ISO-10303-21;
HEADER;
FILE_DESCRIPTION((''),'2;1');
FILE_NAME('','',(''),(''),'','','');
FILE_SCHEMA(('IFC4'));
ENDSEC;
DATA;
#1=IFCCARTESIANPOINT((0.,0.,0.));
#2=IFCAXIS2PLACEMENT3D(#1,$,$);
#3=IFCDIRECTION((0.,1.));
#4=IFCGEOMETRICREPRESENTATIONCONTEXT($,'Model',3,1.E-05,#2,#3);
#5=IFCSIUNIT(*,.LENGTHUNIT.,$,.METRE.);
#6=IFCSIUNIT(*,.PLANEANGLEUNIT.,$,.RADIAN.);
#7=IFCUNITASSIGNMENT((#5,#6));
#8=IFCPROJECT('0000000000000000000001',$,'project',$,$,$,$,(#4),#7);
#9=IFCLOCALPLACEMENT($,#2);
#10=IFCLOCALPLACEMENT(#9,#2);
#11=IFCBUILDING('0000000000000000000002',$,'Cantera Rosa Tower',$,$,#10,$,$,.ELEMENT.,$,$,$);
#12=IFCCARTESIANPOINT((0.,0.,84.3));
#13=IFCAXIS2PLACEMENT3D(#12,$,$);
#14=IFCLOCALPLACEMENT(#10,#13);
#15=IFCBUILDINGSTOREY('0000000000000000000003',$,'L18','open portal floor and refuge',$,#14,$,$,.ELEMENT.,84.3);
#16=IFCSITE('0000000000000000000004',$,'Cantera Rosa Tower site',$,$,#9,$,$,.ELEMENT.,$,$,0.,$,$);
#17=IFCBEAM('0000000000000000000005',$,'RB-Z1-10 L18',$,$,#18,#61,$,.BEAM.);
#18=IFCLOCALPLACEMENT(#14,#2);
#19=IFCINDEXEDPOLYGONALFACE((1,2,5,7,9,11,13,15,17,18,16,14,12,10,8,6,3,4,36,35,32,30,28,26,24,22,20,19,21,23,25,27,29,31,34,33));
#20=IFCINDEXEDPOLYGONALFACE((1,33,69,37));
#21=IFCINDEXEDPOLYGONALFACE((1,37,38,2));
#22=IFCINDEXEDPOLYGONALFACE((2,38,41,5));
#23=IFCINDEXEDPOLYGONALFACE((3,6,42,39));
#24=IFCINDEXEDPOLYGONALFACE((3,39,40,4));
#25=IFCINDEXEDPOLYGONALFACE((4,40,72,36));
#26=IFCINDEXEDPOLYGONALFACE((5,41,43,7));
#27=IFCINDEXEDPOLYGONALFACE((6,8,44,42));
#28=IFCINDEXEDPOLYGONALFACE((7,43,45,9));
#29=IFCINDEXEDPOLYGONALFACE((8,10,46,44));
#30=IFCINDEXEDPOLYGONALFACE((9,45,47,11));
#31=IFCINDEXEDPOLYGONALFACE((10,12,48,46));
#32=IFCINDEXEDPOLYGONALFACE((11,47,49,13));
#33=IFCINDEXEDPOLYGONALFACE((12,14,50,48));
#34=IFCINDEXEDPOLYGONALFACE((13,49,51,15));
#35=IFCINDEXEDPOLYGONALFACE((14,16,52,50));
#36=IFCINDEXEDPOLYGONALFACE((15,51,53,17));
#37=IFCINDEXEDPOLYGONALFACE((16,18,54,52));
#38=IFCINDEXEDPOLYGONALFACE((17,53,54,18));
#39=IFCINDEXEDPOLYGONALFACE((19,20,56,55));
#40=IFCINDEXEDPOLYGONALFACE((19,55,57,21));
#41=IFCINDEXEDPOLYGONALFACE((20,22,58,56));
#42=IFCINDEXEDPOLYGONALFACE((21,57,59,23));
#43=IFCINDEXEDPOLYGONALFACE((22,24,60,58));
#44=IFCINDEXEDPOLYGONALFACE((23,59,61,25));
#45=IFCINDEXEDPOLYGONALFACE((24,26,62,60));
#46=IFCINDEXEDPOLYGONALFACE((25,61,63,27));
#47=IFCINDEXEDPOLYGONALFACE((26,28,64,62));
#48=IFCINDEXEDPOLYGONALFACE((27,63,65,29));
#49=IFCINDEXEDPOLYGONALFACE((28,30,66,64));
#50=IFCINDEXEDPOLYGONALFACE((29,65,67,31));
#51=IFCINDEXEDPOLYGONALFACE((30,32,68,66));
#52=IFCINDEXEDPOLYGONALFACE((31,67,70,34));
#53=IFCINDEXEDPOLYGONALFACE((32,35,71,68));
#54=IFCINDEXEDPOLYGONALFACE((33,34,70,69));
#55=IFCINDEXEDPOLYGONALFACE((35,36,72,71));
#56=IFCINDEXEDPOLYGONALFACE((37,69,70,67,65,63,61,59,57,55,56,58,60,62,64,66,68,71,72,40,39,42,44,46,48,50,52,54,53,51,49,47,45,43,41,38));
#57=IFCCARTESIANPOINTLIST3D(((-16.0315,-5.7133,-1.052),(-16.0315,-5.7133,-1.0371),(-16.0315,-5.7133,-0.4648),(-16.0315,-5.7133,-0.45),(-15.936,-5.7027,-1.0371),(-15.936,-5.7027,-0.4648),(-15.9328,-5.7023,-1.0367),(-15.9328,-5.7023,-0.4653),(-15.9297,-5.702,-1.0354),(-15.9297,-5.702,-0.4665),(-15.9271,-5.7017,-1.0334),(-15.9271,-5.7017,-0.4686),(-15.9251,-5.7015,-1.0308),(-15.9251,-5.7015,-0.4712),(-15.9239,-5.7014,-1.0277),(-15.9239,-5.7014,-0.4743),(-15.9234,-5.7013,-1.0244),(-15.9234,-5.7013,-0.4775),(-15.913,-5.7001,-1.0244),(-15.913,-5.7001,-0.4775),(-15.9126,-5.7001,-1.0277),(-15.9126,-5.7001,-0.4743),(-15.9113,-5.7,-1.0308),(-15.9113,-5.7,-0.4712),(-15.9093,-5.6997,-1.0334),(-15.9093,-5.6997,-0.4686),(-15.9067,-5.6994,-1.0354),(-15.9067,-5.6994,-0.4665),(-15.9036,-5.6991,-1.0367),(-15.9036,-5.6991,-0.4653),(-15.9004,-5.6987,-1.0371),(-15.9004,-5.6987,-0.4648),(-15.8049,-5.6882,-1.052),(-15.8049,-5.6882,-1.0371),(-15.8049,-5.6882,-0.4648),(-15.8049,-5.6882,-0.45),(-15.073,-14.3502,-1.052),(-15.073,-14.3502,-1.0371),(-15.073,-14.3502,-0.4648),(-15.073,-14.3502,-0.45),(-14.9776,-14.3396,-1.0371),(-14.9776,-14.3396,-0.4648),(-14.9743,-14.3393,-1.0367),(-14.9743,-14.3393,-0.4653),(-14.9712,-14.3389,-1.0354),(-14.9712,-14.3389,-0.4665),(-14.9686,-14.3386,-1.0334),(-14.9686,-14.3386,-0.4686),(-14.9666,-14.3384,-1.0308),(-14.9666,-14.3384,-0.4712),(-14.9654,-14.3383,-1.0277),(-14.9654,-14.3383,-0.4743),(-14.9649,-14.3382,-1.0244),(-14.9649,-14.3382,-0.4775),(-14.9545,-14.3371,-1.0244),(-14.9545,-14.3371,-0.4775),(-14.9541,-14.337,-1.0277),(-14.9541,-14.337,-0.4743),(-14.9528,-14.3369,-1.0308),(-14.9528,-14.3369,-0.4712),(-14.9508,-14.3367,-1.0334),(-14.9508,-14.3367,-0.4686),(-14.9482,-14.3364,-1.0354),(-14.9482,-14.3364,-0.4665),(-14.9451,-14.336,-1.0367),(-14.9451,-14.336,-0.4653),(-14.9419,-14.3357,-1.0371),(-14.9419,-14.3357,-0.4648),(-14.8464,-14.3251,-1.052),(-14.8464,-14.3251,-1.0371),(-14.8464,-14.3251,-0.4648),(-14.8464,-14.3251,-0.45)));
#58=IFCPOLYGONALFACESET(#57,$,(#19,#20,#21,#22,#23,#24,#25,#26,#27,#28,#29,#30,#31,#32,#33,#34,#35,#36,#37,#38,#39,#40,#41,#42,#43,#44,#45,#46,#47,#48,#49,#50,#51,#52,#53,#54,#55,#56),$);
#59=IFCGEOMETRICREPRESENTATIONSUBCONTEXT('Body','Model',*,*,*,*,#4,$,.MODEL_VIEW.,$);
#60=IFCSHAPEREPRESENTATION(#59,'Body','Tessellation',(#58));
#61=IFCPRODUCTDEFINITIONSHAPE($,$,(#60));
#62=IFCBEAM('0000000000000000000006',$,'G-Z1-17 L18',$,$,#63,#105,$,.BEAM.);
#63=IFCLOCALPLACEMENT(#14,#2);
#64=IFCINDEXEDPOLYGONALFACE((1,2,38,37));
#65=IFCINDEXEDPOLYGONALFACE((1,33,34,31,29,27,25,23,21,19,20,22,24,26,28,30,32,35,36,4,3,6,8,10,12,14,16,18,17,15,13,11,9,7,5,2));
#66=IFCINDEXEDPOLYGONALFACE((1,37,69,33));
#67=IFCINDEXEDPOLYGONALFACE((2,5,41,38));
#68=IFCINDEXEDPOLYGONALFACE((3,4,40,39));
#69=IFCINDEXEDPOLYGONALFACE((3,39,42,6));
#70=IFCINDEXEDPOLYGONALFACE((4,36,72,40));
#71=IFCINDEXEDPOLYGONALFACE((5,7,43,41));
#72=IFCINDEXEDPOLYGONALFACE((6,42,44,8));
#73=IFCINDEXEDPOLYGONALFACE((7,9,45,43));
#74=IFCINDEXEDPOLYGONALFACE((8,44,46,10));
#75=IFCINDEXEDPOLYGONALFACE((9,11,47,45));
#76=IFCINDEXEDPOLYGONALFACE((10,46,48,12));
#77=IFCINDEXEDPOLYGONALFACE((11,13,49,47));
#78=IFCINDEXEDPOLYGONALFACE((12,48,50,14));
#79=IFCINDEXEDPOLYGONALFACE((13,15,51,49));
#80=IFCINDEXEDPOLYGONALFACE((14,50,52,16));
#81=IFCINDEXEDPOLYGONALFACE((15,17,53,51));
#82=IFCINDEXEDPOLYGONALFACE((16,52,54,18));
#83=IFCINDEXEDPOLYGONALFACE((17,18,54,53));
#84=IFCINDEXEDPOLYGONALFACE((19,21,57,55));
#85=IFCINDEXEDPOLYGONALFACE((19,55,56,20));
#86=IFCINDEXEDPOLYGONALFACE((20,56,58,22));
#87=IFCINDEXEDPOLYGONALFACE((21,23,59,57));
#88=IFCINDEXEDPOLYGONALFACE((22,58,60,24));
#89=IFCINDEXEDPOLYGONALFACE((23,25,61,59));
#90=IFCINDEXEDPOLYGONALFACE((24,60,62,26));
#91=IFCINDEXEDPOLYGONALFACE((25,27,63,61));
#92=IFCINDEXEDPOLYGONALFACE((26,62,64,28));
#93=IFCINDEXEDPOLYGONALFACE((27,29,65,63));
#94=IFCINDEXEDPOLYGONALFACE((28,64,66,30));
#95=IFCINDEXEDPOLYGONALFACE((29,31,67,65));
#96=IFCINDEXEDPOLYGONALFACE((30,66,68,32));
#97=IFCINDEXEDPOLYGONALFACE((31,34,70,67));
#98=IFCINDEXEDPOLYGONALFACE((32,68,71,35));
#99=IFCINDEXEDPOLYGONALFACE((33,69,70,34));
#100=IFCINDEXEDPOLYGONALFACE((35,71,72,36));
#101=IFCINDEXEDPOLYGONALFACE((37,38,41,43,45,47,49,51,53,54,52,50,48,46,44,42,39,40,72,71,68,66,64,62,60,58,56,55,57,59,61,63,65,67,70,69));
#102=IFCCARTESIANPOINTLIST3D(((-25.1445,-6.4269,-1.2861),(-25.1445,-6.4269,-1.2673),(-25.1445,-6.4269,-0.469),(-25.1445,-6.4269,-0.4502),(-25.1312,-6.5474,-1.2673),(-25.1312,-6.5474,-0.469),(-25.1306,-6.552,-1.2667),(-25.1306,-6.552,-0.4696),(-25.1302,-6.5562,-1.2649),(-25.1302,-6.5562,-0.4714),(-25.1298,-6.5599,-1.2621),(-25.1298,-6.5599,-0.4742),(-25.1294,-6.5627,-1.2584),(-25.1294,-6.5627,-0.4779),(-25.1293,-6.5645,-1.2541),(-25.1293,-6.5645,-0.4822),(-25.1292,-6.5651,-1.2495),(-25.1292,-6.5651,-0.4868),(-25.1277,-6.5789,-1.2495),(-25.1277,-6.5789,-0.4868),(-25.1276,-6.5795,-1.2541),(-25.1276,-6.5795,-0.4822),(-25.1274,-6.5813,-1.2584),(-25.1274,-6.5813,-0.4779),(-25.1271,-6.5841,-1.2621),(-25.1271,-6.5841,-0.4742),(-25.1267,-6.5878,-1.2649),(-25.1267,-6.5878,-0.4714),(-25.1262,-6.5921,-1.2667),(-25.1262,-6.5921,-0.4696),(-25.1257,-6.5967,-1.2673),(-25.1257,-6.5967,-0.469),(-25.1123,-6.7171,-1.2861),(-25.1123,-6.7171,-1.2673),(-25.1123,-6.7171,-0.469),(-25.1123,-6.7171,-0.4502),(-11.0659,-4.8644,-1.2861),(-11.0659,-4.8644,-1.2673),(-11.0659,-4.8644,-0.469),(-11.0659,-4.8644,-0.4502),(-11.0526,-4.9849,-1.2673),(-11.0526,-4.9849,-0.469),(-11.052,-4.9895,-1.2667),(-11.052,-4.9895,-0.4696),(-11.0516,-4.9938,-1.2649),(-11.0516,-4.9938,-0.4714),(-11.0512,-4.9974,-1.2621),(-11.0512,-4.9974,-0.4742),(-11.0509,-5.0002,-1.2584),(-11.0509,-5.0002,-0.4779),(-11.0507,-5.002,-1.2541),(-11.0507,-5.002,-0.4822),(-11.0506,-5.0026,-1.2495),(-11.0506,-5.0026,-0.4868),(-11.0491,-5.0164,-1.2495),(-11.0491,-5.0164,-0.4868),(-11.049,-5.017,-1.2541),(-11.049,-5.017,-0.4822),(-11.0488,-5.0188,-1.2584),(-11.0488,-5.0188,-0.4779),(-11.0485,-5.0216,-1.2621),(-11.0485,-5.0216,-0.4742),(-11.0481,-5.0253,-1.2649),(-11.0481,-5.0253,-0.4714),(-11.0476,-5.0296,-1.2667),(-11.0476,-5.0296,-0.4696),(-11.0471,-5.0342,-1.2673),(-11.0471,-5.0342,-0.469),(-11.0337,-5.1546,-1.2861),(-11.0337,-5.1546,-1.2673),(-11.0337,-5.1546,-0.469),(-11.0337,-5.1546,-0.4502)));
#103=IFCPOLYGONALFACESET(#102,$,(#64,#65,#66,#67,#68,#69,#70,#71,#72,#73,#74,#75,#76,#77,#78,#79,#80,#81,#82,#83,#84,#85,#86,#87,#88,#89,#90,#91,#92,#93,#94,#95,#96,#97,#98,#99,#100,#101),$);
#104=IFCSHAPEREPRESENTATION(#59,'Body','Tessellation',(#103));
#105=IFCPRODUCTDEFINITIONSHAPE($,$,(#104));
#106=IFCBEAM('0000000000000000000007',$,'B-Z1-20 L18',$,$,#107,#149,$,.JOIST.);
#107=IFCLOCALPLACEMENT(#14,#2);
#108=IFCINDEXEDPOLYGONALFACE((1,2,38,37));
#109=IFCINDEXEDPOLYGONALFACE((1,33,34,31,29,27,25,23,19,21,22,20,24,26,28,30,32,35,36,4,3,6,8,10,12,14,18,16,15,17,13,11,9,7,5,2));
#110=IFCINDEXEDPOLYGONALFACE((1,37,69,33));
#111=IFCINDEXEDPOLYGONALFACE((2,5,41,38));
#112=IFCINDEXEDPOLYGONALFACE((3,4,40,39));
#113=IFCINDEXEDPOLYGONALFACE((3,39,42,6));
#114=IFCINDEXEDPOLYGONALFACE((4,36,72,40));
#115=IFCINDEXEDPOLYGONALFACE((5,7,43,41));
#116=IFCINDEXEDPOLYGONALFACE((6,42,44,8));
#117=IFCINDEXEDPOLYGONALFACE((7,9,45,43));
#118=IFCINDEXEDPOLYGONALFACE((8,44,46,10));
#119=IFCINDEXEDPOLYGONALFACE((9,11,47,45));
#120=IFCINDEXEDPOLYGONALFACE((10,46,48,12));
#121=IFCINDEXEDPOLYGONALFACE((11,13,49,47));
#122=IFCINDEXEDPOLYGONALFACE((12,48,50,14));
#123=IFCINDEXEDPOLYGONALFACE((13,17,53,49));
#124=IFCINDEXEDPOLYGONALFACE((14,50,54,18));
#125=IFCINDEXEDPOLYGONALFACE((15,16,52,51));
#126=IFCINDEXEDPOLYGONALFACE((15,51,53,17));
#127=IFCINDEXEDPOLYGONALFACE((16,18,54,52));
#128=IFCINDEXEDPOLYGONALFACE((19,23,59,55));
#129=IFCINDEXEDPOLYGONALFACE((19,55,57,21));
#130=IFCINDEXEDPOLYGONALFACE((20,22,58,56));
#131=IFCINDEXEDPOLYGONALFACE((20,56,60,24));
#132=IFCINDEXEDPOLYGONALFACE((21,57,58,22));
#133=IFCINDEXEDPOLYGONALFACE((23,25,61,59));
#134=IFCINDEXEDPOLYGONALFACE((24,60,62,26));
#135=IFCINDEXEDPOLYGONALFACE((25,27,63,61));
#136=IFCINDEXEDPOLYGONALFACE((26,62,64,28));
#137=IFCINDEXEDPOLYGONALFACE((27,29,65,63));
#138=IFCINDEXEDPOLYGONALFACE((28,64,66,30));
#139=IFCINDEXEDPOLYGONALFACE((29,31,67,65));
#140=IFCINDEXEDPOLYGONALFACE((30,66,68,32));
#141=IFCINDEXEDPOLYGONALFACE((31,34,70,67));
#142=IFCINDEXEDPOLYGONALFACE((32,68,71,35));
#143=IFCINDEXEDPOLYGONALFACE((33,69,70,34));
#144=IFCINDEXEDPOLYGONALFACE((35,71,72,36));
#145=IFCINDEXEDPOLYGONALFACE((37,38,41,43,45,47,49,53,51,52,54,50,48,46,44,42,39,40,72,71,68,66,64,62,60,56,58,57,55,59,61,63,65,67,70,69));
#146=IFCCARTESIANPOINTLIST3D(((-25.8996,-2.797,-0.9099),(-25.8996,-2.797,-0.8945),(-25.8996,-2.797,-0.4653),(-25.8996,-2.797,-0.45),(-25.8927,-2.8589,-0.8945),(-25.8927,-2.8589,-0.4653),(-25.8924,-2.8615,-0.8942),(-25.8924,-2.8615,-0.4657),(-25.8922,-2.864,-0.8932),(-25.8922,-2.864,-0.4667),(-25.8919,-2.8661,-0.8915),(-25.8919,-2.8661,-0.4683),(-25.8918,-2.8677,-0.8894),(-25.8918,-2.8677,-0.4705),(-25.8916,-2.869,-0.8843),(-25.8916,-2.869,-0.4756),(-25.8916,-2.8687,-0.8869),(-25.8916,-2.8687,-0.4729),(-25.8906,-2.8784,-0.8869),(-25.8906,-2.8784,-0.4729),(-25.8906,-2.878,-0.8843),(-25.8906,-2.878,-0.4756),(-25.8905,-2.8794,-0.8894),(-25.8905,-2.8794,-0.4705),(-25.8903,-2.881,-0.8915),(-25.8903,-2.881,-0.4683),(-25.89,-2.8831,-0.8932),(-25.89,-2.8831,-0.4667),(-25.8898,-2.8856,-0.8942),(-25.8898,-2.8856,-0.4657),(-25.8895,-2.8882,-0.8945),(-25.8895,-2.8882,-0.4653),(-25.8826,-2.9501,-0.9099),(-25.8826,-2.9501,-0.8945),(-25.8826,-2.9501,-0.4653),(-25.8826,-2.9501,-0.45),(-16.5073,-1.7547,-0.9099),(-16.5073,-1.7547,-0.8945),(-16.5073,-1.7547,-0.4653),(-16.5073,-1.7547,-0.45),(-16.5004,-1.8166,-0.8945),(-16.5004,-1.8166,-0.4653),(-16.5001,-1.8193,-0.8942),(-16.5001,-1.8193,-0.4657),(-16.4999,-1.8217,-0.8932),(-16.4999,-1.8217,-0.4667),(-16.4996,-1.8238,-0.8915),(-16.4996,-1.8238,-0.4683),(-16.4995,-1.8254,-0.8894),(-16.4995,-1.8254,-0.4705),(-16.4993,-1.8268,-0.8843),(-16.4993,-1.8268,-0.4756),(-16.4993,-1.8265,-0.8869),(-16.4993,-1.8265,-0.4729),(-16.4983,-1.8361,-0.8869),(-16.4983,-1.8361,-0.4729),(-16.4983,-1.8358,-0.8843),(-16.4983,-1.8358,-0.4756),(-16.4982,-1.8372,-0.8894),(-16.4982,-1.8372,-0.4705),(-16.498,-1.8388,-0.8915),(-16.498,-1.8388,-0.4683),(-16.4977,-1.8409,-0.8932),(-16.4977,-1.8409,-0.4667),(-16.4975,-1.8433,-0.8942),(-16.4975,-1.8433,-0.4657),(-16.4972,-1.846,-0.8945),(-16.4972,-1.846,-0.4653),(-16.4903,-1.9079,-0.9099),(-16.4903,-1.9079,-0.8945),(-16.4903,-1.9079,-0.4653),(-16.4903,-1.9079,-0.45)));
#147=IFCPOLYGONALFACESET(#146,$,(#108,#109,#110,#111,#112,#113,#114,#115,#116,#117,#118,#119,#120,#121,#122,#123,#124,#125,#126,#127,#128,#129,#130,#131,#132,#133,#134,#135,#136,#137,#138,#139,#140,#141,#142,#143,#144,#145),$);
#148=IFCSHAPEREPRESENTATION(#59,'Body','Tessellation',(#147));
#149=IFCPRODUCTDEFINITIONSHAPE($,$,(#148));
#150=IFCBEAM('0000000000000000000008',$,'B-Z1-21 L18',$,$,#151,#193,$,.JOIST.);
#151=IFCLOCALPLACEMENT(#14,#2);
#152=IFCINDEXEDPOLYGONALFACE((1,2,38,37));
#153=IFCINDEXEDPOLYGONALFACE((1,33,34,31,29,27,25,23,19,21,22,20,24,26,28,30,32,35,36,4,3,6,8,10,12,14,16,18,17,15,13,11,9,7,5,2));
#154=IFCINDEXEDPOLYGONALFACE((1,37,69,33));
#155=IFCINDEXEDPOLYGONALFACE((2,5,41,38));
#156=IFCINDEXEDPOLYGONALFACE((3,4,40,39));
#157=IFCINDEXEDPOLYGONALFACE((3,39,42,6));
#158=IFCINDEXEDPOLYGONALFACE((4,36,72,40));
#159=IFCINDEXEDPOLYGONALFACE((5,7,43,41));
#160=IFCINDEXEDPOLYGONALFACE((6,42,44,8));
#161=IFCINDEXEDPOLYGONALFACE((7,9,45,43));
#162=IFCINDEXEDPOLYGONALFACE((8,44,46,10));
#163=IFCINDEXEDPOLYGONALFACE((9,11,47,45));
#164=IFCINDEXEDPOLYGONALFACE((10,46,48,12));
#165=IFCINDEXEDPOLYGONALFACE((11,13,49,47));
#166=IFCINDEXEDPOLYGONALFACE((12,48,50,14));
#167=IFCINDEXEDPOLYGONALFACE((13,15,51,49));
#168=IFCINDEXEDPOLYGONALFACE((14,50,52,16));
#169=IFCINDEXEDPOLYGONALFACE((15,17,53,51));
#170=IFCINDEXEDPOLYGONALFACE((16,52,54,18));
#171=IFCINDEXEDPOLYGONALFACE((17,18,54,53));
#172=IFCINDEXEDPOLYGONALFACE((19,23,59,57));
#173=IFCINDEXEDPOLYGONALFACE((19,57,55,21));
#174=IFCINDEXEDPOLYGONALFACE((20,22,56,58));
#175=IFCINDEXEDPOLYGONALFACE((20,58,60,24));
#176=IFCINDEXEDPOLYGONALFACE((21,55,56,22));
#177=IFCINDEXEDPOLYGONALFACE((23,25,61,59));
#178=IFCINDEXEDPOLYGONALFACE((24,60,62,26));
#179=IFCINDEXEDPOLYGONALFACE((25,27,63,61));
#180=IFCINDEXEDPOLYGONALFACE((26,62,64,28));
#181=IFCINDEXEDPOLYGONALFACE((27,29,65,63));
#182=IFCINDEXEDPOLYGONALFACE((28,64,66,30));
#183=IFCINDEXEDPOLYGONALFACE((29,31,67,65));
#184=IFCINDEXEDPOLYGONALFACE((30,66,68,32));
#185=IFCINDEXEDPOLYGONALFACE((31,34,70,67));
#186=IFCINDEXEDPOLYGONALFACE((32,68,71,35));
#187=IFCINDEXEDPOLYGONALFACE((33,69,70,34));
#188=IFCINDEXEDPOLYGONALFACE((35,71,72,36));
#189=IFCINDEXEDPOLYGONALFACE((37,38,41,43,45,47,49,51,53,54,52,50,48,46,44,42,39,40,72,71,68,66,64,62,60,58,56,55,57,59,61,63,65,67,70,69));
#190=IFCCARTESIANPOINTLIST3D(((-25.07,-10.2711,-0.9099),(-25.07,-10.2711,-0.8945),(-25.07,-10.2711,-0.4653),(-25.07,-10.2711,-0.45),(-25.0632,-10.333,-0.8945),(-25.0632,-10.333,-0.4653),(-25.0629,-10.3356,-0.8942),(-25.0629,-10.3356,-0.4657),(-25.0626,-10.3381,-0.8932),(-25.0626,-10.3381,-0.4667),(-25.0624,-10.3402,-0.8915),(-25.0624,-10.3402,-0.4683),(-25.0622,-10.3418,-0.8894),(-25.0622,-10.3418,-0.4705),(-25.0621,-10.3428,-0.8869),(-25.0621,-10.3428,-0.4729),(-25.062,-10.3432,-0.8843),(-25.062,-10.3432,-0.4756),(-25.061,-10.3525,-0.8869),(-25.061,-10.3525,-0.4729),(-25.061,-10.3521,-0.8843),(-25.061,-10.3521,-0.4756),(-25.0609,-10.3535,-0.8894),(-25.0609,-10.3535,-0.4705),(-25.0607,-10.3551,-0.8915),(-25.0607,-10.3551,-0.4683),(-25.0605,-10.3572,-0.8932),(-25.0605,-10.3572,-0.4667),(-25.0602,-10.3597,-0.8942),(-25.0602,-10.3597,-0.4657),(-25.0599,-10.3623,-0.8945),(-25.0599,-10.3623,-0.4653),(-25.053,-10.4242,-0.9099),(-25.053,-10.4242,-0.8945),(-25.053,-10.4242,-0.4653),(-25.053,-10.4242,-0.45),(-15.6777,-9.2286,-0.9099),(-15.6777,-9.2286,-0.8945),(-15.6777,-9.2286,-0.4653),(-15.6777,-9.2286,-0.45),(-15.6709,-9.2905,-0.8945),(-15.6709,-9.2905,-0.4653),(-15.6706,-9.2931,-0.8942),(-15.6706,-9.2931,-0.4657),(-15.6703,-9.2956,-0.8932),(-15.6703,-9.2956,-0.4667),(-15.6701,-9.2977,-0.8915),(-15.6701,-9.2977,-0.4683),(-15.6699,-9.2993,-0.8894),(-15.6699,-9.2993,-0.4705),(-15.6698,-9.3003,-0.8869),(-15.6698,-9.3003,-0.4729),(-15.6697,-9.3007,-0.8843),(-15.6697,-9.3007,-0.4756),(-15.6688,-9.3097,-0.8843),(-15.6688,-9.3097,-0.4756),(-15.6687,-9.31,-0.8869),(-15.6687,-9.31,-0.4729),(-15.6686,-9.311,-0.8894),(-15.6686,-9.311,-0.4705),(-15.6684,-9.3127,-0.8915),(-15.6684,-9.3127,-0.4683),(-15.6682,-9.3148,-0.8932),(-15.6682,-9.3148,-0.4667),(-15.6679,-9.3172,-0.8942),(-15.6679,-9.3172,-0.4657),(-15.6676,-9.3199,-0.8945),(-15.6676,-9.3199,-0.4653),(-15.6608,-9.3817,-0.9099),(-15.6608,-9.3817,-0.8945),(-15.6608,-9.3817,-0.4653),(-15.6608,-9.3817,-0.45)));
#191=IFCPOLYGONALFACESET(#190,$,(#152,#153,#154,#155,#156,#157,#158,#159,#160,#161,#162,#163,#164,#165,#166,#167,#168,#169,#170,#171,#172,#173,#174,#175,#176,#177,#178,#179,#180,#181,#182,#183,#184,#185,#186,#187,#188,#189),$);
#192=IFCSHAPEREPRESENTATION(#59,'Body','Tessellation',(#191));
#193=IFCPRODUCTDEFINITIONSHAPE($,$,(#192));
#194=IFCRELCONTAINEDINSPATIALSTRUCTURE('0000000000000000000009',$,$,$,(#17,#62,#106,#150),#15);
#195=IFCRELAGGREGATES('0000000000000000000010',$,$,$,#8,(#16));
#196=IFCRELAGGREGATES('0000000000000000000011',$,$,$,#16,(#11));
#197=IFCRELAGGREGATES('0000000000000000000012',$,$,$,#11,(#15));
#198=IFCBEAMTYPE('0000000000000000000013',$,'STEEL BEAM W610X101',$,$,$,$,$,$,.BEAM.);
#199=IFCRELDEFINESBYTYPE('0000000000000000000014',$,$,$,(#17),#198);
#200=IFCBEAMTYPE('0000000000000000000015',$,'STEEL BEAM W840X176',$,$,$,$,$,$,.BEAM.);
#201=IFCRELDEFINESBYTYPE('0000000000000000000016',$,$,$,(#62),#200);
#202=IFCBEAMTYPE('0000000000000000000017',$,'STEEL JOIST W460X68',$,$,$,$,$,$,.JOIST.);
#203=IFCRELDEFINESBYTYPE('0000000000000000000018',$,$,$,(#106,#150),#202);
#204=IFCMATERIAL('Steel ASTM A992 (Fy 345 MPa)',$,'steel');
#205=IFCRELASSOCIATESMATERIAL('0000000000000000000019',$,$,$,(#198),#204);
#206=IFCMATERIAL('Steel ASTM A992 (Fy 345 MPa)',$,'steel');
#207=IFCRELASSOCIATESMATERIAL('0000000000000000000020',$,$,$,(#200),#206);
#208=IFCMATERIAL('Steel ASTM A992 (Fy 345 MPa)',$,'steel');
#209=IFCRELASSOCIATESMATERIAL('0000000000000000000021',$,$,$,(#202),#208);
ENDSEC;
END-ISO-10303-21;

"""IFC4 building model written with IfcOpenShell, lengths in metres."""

from ifc_helpers import new_model, si_unit, direction, frame, origin, origin_2d, place, context, subcontext, project, spatial, i_section, extrude, material, material_profile, profile_set, type_object, element, save


model = new_model("IFC4")

# Units and contexts
model_context = context("Model", 3, precision=1e-05, world=origin(), true_north=direction((0.0, 1.0)))
body_context = subcontext(model_context, "Body", "Model", "MODEL_VIEW")
ifc_project = project(units=[si_unit("LENGTHUNIT", "METRE"), si_unit("PLANEANGLEUNIT", "RADIAN")], contexts=[model_context])

# Site, building, storey
site_placement = place(None, origin())
site = spatial("IfcSite", under=ifc_project, at=site_placement, Name="Cantera Rosa Tower site", CompositionType="ELEMENT", RefElevation=0.0)
building_placement = place(site_placement, origin())
building = spatial("IfcBuilding", under=site, at=building_placement, Name="Cantera Rosa Tower", CompositionType="ELEMENT")
storey_placement = place(building_placement, frame((0.0, 0.0, 84.3)))
storey = spatial("IfcBuildingStorey", under=building, at=storey_placement, Name="L18", Description="open portal floor and refuge", CompositionType="ELEMENT", Elevation=84.3)

# Beams
ifc_material_1 = material(Name="Steel ASTM A992 (Fy 345 MPa)", Category="steel")
ifc_material_profile_1 = material_profile(ifc_material_1, i_section(OverallWidth=0.228, OverallDepth=0.6021, WebThickness=0.0105, FlangeThickness=0.0149, FilletRadius=0.0127, at=origin_2d()), Name="W610X101")
ifc_profile_set_1 = profile_set([ifc_material_profile_1], Name="Steel ASTM A992 (Fy 345 MPa)")
beam_type_1 = type_object("IfcBeamType", Name="STEEL BEAM W610X101", PredefinedType="BEAM", material=ifc_profile_set_1)
beam_1_placement = place(storey_placement, frame((-14.9597, -14.3376, -0.751), z_axis=(-0.110299, 0.993898, 0.0), x_axis=(-0.993898, -0.110299, 0.0)))
element("IfcBeam", 1, at=beam_1_placement, inside=storey, type_object=beam_type_1, Name="RB-Z1-10 L18", PredefinedType="BEAM", context=body_context, shape_type="SweptSolid", body=[
    extrude(i_section(OverallWidth=0.228, OverallDepth=0.6021, WebThickness=0.0105, FlangeThickness=0.0149, FilletRadius=0.0127, at=origin_2d()), origin(), (0.0, 0.0, 1.0), 8.6899),
])
ifc_material_2 = material(Name="Steel ASTM A992 (Fy 345 MPa)", Category="steel")
ifc_material_profile_2 = material_profile(ifc_material_2, i_section(OverallWidth=0.292, OverallDepth=0.8359, WebThickness=0.0139, FlangeThickness=0.0188, FilletRadius=0.0178, at=origin_2d()), Name="W840X176")
ifc_profile_set_2 = profile_set([ifc_material_profile_2], Name="Steel ASTM A992 (Fy 345 MPa)")
beam_type_2 = type_object("IfcBeamType", Name="STEEL BEAM W840X176", PredefinedType="BEAM", material=ifc_profile_set_2)
beam_2_placement = place(storey_placement, frame((-25.1284, -6.572, -0.8682), z_axis=(0.993898, 0.110307, 0.0), x_axis=(-0.110307, 0.993898, 0.0)))
element("IfcBeam", 2, at=beam_2_placement, inside=storey, type_object=beam_type_2, Name="G-Z1-17 L18", PredefinedType="BEAM", context=body_context, shape_type="SweptSolid", body=[
    extrude(i_section(OverallWidth=0.292, OverallDepth=0.8359, WebThickness=0.0139, FlangeThickness=0.0188, FilletRadius=0.0178, at=origin_2d()), origin(), (0.0, 0.0, 1.0), 14.165),
])
ifc_material_3 = material(Name="Steel ASTM A992 (Fy 345 MPa)", Category="steel")
ifc_material_profile_3 = material_profile(ifc_material_3, i_section(OverallWidth=0.1541, OverallDepth=0.46, WebThickness=0.009, FlangeThickness=0.0154, FilletRadius=0.0103, at=origin_2d()), Name="W460X68")
ifc_profile_set_3 = profile_set([ifc_material_profile_3], Name="Steel ASTM A992 (Fy 345 MPa)")
beam_type_3 = type_object("IfcBeamType", Name="STEEL JOIST W460X68", PredefinedType="JOIST", material=ifc_profile_set_3)
for number, where, z_axis, x_axis, name in (
    (3, (-25.8911, -2.8735, -0.6799), (0.993899, 0.11029, 0.0), (-0.11029, 0.993899, 0.0), "B-Z1-20 L18"),
    (4, (-25.0615, -10.3477, -0.6799), (0.993897, 0.110315, 0.0), (-0.110315, 0.993897, 0.0), "B-Z1-21 L18"),
):
    element("IfcBeam", number, at=place(storey_placement, frame(where, z_axis=z_axis, x_axis=x_axis)), inside=storey, type_object=beam_type_3, Name=name, PredefinedType="JOIST", context=body_context, shape_type="SweptSolid", body=[
        extrude(i_section(OverallWidth=0.1541, OverallDepth=0.46, WebThickness=0.009, FlangeThickness=0.0154, FilletRadius=0.0103, at=origin_2d()), origin(), (0.0, 0.0, 1.0), 9.45),
    ])

save(model, "model.ifc")
